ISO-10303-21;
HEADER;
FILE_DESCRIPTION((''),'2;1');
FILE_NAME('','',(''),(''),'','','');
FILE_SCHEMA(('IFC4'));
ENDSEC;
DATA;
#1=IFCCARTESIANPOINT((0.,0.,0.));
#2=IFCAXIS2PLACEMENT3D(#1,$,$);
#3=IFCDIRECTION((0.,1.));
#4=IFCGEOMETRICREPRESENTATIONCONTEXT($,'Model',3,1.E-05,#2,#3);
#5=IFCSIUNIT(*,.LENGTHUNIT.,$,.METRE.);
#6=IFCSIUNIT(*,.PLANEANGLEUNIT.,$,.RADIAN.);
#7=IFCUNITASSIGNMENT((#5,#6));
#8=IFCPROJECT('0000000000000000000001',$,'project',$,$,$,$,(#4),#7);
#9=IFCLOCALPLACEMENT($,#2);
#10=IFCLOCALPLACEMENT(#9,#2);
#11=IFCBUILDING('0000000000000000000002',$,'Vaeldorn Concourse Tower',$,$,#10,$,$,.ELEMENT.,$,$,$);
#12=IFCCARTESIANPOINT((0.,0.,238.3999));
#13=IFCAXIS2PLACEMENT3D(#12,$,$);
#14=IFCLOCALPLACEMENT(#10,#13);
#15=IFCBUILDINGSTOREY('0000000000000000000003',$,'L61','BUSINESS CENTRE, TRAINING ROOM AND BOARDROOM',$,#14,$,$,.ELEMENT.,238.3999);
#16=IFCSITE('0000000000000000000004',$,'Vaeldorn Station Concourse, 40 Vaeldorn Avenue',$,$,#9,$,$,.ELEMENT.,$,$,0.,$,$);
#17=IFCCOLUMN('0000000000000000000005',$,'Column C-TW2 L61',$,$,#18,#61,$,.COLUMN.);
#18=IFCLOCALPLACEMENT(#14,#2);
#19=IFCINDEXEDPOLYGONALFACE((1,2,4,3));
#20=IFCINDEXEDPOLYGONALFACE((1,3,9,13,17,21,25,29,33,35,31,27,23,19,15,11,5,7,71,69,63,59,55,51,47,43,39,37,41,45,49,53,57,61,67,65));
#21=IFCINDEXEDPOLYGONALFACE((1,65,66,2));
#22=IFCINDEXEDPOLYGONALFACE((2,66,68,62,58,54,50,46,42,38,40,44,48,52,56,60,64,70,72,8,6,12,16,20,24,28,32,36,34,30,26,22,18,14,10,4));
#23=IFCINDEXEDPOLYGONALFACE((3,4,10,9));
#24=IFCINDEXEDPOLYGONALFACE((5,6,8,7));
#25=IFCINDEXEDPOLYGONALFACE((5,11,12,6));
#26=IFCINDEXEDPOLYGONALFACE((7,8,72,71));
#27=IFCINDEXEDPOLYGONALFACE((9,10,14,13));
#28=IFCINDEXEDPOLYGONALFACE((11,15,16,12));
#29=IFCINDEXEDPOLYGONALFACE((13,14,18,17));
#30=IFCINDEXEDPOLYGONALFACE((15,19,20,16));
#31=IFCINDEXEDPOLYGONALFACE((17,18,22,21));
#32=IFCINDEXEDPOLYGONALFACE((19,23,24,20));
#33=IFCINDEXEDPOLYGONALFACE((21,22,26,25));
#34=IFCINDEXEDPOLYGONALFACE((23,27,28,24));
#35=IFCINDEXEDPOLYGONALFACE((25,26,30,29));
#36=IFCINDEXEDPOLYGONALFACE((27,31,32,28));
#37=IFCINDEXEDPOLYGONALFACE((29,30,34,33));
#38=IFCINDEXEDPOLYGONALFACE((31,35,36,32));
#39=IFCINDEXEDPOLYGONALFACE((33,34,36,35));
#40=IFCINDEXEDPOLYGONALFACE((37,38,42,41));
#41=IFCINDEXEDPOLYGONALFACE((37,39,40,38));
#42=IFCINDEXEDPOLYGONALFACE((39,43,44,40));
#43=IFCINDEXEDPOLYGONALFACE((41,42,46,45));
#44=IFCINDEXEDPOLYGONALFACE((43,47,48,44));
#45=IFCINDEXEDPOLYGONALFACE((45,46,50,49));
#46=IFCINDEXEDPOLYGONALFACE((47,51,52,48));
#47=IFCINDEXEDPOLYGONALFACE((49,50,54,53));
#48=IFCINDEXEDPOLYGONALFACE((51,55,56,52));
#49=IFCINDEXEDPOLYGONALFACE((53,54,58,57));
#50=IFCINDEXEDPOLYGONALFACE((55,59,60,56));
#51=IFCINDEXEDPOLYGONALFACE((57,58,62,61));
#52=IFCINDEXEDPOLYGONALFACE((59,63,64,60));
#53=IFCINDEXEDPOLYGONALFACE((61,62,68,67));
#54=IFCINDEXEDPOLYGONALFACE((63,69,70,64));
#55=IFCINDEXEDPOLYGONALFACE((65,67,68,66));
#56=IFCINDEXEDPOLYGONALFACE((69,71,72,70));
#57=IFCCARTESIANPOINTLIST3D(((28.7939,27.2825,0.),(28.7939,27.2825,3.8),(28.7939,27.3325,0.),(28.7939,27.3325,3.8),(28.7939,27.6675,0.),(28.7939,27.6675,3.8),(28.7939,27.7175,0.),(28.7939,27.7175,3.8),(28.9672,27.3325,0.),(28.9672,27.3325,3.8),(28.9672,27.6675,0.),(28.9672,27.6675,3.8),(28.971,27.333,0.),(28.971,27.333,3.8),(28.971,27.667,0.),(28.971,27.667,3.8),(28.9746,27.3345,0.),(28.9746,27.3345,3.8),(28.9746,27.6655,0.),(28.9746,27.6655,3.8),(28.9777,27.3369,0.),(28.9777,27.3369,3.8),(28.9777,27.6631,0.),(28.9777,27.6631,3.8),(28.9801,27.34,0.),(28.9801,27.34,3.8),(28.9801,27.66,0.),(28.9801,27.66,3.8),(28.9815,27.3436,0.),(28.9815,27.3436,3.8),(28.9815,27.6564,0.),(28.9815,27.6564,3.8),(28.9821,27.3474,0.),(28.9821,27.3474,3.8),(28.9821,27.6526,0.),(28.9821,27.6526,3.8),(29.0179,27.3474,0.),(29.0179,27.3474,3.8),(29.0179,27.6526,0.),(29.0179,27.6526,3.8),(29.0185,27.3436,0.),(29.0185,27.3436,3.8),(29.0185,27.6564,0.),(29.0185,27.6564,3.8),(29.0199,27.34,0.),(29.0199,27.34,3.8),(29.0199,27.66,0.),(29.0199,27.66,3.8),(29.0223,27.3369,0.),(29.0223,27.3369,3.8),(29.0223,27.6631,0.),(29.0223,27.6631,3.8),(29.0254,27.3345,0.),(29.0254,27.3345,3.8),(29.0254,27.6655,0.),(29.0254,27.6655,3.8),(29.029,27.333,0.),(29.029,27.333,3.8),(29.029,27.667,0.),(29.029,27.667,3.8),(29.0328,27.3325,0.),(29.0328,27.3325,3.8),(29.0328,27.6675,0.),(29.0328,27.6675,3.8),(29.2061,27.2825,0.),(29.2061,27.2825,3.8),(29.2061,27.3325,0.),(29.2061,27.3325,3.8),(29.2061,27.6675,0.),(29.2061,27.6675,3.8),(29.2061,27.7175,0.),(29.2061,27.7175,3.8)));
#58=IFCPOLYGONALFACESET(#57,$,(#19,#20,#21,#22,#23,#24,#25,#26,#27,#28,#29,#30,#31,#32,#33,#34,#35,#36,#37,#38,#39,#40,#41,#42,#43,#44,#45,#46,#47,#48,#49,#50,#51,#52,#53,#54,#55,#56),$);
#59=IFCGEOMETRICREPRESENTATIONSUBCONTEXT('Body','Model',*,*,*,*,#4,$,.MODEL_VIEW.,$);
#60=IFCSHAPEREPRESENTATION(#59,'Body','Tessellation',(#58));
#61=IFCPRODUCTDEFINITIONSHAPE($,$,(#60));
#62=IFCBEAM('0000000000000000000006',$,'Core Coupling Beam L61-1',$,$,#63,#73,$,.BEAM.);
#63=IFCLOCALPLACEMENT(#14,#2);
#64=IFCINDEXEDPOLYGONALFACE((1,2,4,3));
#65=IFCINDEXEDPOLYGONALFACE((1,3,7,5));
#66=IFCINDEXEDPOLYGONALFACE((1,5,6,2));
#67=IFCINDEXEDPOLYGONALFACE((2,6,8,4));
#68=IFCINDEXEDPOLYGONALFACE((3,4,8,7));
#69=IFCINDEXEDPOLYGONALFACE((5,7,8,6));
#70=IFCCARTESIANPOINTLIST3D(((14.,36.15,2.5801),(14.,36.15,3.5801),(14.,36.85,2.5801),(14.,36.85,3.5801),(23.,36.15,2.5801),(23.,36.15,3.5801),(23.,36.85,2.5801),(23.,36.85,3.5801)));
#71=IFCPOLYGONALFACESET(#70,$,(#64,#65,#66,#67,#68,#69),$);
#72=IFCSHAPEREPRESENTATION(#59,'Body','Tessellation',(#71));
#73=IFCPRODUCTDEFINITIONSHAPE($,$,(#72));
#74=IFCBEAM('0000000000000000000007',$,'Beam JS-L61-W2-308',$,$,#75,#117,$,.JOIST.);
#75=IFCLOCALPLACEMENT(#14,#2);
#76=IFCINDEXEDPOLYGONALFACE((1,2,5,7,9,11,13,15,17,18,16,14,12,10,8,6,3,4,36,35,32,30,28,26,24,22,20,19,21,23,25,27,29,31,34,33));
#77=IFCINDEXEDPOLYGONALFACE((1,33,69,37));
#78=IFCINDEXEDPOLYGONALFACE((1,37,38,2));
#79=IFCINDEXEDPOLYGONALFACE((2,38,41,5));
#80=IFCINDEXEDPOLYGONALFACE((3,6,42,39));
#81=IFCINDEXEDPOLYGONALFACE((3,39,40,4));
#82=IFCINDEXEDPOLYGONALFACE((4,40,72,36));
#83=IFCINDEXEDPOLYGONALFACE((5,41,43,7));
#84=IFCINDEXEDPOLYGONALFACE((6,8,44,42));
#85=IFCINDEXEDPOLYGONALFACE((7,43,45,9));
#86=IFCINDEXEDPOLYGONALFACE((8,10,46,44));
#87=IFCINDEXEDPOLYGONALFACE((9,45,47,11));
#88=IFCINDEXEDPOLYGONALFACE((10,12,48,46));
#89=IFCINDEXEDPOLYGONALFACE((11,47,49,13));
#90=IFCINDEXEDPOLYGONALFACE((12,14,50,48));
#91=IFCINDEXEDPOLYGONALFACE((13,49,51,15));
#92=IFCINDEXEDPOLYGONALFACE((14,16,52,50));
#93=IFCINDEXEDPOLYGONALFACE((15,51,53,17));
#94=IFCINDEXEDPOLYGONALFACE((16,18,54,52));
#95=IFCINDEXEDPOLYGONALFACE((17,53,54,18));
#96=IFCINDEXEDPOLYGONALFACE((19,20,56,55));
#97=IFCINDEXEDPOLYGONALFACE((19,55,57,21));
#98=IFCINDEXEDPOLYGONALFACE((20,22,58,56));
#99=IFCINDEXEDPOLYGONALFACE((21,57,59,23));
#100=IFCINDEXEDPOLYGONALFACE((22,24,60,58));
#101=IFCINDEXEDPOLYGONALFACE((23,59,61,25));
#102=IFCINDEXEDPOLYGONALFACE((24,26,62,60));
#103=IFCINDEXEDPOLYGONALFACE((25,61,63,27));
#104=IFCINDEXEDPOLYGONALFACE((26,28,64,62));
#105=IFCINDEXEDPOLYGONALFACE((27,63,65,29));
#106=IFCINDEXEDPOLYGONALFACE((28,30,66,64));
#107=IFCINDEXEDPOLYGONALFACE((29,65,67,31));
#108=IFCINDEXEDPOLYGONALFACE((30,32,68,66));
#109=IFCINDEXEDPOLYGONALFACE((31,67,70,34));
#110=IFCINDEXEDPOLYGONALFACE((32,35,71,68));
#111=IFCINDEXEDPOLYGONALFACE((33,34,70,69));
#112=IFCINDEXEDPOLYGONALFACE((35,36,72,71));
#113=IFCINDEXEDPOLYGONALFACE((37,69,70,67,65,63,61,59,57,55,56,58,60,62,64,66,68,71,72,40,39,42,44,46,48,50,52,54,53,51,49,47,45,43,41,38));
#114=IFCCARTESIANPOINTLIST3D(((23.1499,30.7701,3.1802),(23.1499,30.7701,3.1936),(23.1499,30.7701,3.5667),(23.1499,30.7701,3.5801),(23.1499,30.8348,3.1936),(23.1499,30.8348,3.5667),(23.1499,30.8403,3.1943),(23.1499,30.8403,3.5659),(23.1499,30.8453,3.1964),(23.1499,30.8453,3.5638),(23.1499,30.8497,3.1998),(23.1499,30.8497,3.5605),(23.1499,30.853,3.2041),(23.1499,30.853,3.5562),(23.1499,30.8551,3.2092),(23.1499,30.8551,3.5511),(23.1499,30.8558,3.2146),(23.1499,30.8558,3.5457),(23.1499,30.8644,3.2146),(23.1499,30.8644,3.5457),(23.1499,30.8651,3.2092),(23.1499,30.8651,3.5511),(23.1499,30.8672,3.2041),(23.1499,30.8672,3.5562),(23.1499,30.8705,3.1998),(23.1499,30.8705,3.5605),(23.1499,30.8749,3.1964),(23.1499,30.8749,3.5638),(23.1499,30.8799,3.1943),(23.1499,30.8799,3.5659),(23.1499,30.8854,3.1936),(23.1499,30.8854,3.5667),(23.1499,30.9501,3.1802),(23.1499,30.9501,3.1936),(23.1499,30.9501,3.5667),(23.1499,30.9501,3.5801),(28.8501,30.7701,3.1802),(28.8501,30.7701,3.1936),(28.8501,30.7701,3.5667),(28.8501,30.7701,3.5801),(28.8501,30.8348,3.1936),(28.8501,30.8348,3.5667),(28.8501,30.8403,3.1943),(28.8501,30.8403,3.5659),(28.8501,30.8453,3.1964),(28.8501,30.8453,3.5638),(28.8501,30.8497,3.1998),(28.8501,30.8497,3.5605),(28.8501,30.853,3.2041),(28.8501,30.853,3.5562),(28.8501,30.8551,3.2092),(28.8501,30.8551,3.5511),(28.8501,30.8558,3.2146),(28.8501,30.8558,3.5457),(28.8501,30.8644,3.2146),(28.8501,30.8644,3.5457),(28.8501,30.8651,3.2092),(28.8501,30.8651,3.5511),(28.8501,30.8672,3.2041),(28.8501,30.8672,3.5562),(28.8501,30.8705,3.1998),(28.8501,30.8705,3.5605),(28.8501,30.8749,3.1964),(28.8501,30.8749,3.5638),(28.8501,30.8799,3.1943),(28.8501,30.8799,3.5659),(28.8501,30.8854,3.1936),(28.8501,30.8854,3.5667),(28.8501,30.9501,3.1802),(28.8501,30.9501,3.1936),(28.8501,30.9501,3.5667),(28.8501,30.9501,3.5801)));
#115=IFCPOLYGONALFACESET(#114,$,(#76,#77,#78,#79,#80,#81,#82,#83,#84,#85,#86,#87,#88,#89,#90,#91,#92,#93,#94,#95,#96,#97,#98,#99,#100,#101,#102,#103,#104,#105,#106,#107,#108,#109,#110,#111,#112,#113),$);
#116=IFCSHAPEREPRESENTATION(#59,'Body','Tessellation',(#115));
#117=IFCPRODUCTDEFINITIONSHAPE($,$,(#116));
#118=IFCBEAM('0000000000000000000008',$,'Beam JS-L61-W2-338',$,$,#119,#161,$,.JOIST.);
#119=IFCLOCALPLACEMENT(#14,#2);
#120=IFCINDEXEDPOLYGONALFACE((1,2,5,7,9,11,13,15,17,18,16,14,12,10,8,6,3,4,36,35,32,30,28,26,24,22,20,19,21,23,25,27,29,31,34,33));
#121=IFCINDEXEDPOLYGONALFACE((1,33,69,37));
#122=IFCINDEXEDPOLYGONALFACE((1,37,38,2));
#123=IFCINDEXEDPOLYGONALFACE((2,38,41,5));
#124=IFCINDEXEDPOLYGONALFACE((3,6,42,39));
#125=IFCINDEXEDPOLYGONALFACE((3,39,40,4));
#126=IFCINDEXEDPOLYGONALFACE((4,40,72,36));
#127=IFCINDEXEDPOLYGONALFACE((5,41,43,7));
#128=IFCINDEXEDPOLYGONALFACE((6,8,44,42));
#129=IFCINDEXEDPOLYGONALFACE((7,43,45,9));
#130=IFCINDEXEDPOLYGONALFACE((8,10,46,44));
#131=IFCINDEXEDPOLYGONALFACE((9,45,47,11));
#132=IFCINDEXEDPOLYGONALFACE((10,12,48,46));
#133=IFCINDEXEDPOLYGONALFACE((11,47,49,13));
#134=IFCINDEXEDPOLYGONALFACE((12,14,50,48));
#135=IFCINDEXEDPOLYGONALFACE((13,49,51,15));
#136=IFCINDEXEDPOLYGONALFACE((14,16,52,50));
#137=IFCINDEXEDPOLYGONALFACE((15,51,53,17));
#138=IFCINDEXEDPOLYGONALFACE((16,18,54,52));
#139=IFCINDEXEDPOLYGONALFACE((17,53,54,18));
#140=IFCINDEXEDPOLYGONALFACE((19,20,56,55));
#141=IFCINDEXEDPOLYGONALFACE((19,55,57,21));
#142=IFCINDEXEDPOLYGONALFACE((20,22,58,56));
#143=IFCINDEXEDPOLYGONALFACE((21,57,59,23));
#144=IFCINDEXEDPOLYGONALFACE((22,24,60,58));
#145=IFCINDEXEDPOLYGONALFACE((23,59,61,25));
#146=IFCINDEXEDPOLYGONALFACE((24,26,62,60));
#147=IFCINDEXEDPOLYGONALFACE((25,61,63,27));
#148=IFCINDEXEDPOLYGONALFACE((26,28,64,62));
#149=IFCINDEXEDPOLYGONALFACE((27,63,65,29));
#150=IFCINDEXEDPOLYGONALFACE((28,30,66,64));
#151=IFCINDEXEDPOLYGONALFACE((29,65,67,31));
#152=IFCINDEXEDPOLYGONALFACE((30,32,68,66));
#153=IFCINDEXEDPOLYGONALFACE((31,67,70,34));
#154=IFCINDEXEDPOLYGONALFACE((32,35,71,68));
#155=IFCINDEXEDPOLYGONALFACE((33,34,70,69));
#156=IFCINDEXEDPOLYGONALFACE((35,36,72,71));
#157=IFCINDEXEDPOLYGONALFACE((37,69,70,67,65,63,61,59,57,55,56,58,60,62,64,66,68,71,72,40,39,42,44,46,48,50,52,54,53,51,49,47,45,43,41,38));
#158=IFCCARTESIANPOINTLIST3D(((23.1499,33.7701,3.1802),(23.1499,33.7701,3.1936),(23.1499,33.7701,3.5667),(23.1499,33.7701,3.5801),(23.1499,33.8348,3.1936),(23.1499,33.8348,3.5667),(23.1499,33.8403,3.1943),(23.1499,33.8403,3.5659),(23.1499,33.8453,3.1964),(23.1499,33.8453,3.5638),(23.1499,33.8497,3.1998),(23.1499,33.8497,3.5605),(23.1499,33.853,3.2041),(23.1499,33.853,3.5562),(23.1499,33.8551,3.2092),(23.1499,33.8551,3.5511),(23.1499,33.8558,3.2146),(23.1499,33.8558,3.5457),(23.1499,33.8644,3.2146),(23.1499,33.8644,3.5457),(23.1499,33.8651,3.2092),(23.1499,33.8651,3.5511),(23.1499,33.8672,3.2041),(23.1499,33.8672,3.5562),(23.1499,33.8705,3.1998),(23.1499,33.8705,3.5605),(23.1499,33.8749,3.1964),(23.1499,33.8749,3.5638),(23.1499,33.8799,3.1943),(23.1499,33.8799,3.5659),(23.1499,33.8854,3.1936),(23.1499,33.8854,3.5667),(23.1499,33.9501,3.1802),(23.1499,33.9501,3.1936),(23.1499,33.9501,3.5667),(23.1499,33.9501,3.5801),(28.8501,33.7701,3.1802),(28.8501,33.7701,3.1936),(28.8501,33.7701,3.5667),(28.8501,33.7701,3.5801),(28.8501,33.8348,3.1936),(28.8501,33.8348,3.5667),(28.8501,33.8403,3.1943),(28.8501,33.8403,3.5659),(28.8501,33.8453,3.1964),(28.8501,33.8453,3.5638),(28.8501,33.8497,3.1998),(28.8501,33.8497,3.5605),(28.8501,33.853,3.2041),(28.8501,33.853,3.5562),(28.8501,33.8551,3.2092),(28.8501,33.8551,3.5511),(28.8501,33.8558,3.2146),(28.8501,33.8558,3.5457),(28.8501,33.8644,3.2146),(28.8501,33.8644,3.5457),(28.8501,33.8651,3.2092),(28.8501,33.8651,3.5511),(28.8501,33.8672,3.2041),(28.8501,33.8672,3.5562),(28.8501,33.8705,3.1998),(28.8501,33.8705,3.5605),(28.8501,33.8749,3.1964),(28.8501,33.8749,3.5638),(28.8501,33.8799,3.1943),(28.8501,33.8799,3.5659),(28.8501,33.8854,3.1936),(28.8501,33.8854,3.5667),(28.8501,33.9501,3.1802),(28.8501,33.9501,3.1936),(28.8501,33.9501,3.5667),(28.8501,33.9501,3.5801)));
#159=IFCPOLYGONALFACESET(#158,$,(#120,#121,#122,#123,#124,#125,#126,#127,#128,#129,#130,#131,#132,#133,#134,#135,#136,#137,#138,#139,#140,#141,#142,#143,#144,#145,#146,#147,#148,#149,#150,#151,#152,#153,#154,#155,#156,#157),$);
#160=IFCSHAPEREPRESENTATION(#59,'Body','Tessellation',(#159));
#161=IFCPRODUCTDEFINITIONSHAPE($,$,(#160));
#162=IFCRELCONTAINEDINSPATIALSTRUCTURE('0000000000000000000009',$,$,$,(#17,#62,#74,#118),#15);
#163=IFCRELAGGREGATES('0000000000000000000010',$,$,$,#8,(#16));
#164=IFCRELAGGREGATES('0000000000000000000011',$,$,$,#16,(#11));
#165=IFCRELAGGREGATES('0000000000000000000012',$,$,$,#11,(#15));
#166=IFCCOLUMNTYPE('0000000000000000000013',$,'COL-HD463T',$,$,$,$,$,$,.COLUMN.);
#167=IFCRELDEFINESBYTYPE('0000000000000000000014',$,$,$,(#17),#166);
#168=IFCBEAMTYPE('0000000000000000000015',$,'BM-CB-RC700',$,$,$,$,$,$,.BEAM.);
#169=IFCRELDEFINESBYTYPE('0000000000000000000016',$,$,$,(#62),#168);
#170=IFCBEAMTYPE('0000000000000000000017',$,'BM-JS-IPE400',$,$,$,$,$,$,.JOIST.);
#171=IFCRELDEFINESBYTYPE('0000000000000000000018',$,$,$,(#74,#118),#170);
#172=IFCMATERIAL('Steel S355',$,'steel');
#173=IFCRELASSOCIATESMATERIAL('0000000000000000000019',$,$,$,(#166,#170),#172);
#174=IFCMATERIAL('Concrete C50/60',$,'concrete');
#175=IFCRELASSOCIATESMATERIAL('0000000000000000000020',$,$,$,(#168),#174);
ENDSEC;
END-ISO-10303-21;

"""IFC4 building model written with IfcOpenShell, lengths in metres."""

from ifc_helpers import new_model, si_unit, direction, frame, origin, origin_2d, place, context, subcontext, project, spatial, rectangle, i_section, extrude, source, transform, mapped, material, material_profile, profile_set, type_object, element, save


model = new_model("IFC4")

# Units and contexts
model_context = context("Model", 3, precision=1e-05, world=origin(), true_north=direction((0.0, 1.0)))
body_context = subcontext(model_context, "Body", "Model", "MODEL_VIEW")
ifc_project = project(units=[si_unit("LENGTHUNIT", "METRE"), si_unit("PLANEANGLEUNIT", "RADIAN")], contexts=[model_context])

# Site, building, storey
site_placement = place(None, origin())
site = spatial("IfcSite", under=ifc_project, at=site_placement, Name="Vaeldorn Station Concourse, 40 Vaeldorn Avenue", CompositionType="ELEMENT", RefElevation=0.0)
building_placement = place(site_placement, origin())
building = spatial("IfcBuilding", under=site, at=building_placement, Name="Vaeldorn Concourse Tower", CompositionType="ELEMENT")
storey_placement = place(building_placement, frame((0.0, 0.0, 238.3999)))
storey = spatial("IfcBuildingStorey", under=building, at=storey_placement, Name="L61", Description="BUSINESS CENTRE, TRAINING ROOM AND BOARDROOM", CompositionType="ELEMENT", Elevation=238.3999)

# Column
ifc_material_1 = material(Name="Steel S355", Category="steel")
ifc_material_profile_1 = material_profile(ifc_material_1, i_section(OverallWidth=0.4121, OverallDepth=0.4351, WebThickness=0.0359, FlangeThickness=0.05, FilletRadius=0.0149, at=origin_2d()), Name="HD 400x463")
ifc_profile_set_1 = profile_set([ifc_material_profile_1], Name="Steel S355")
column_type_1 = type_object("IfcColumnType", Name="COL-HD463T", PredefinedType="COLUMN", material=ifc_profile_set_1)
shared_shape_1 = source(origin(), body_context, "Body", "SweptSolid", [
    extrude(i_section(OverallWidth=0.4121, OverallDepth=0.4351, WebThickness=0.0359, FlangeThickness=0.05, FilletRadius=0.0149, at=origin_2d()), origin(), (0.0, 0.0, 1.0), 3.8),
])
column_1_placement = place(storey_placement, frame((29.0, 27.5, 0.0), z_axis=(0.0, 0.0, 1.0), x_axis=(1.0, 0.0, 0.0)))
element("IfcColumn", 1, at=column_1_placement, inside=storey, type_object=column_type_1, Name="Column C-TW2 L61", PredefinedType="COLUMN", context=body_context, shape_type="MappedRepresentation", body=[
    mapped(shared_shape_1, transform((0.0, 0.0, 0.0), scale=1.0)),
])

# Beams
ifc_material_2 = material(Name="Concrete C50/60", Category="concrete")
ifc_material_profile_2 = material_profile(ifc_material_2, rectangle(XDim=0.7, YDim=1.0, at=origin_2d()), Name="RC 700x1000")
ifc_profile_set_2 = profile_set([ifc_material_profile_2], Name="Concrete C50/60")
beam_type_1 = type_object("IfcBeamType", Name="BM-CB-RC700", PredefinedType="BEAM", material=ifc_profile_set_2)
shared_shape_2 = source(origin(), body_context, "Body", "SweptSolid", [
    extrude(rectangle(XDim=0.7, YDim=1.0, at=origin_2d()), origin(), (0.0, 0.0, 1.0), 9.0),
])
beam_placement = place(storey_placement, frame((14.0, 36.5, 3.0801), z_axis=(1.0, 0.0, 0.0), x_axis=(0.0, 1.0, 0.0)))
element("IfcBeam", 2, at=beam_placement, inside=storey, type_object=beam_type_1, Name="Core Coupling Beam L61-1", PredefinedType="BEAM", context=body_context, shape_type="MappedRepresentation", body=[
    mapped(shared_shape_2, transform((0.0, 0.0, 0.0), scale=1.0)),
])
ifc_material_profile_3 = material_profile(ifc_material_1, i_section(OverallWidth=0.1799, OverallDepth=0.3999, WebThickness=0.0085, FlangeThickness=0.0134, FilletRadius=0.021, at=origin_2d()), Name="IPE 400")
ifc_profile_set_3 = profile_set([ifc_material_profile_3], Name="Steel S355")
beam_type_2 = type_object("IfcBeamType", Name="BM-JS-IPE400", PredefinedType="JOIST", material=ifc_profile_set_3)
shared_shape_3 = source(origin(), body_context, "Body", "SweptSolid", [
    extrude(i_section(OverallWidth=0.1799, OverallDepth=0.3999, WebThickness=0.0085, FlangeThickness=0.0134, FilletRadius=0.021, at=origin_2d()), origin(), (0.0, 0.0, 1.0), 5.7002),
])
for number, where, z_axis, x_axis, name in (
    (3, (23.1499, 30.8601, 3.3801), (1.0, 0.0, 0.0), (0.0, 1.0, 0.0), "Beam JS-L61-W2-308"),
    (4, (23.1499, 33.8601, 3.3801), (1.0, 0.0, 0.0), (0.0, 1.0, 0.0), "Beam JS-L61-W2-338"),
):
    element("IfcBeam", number, at=place(storey_placement, frame(where, z_axis=z_axis, x_axis=x_axis)), inside=storey, type_object=beam_type_2, Name=name, PredefinedType="JOIST", context=body_context, shape_type="MappedRepresentation", body=[
        mapped(shared_shape_3, transform((0.0, 0.0, 0.0), scale=1.0)),
    ])

save(model, "model.ifc")
